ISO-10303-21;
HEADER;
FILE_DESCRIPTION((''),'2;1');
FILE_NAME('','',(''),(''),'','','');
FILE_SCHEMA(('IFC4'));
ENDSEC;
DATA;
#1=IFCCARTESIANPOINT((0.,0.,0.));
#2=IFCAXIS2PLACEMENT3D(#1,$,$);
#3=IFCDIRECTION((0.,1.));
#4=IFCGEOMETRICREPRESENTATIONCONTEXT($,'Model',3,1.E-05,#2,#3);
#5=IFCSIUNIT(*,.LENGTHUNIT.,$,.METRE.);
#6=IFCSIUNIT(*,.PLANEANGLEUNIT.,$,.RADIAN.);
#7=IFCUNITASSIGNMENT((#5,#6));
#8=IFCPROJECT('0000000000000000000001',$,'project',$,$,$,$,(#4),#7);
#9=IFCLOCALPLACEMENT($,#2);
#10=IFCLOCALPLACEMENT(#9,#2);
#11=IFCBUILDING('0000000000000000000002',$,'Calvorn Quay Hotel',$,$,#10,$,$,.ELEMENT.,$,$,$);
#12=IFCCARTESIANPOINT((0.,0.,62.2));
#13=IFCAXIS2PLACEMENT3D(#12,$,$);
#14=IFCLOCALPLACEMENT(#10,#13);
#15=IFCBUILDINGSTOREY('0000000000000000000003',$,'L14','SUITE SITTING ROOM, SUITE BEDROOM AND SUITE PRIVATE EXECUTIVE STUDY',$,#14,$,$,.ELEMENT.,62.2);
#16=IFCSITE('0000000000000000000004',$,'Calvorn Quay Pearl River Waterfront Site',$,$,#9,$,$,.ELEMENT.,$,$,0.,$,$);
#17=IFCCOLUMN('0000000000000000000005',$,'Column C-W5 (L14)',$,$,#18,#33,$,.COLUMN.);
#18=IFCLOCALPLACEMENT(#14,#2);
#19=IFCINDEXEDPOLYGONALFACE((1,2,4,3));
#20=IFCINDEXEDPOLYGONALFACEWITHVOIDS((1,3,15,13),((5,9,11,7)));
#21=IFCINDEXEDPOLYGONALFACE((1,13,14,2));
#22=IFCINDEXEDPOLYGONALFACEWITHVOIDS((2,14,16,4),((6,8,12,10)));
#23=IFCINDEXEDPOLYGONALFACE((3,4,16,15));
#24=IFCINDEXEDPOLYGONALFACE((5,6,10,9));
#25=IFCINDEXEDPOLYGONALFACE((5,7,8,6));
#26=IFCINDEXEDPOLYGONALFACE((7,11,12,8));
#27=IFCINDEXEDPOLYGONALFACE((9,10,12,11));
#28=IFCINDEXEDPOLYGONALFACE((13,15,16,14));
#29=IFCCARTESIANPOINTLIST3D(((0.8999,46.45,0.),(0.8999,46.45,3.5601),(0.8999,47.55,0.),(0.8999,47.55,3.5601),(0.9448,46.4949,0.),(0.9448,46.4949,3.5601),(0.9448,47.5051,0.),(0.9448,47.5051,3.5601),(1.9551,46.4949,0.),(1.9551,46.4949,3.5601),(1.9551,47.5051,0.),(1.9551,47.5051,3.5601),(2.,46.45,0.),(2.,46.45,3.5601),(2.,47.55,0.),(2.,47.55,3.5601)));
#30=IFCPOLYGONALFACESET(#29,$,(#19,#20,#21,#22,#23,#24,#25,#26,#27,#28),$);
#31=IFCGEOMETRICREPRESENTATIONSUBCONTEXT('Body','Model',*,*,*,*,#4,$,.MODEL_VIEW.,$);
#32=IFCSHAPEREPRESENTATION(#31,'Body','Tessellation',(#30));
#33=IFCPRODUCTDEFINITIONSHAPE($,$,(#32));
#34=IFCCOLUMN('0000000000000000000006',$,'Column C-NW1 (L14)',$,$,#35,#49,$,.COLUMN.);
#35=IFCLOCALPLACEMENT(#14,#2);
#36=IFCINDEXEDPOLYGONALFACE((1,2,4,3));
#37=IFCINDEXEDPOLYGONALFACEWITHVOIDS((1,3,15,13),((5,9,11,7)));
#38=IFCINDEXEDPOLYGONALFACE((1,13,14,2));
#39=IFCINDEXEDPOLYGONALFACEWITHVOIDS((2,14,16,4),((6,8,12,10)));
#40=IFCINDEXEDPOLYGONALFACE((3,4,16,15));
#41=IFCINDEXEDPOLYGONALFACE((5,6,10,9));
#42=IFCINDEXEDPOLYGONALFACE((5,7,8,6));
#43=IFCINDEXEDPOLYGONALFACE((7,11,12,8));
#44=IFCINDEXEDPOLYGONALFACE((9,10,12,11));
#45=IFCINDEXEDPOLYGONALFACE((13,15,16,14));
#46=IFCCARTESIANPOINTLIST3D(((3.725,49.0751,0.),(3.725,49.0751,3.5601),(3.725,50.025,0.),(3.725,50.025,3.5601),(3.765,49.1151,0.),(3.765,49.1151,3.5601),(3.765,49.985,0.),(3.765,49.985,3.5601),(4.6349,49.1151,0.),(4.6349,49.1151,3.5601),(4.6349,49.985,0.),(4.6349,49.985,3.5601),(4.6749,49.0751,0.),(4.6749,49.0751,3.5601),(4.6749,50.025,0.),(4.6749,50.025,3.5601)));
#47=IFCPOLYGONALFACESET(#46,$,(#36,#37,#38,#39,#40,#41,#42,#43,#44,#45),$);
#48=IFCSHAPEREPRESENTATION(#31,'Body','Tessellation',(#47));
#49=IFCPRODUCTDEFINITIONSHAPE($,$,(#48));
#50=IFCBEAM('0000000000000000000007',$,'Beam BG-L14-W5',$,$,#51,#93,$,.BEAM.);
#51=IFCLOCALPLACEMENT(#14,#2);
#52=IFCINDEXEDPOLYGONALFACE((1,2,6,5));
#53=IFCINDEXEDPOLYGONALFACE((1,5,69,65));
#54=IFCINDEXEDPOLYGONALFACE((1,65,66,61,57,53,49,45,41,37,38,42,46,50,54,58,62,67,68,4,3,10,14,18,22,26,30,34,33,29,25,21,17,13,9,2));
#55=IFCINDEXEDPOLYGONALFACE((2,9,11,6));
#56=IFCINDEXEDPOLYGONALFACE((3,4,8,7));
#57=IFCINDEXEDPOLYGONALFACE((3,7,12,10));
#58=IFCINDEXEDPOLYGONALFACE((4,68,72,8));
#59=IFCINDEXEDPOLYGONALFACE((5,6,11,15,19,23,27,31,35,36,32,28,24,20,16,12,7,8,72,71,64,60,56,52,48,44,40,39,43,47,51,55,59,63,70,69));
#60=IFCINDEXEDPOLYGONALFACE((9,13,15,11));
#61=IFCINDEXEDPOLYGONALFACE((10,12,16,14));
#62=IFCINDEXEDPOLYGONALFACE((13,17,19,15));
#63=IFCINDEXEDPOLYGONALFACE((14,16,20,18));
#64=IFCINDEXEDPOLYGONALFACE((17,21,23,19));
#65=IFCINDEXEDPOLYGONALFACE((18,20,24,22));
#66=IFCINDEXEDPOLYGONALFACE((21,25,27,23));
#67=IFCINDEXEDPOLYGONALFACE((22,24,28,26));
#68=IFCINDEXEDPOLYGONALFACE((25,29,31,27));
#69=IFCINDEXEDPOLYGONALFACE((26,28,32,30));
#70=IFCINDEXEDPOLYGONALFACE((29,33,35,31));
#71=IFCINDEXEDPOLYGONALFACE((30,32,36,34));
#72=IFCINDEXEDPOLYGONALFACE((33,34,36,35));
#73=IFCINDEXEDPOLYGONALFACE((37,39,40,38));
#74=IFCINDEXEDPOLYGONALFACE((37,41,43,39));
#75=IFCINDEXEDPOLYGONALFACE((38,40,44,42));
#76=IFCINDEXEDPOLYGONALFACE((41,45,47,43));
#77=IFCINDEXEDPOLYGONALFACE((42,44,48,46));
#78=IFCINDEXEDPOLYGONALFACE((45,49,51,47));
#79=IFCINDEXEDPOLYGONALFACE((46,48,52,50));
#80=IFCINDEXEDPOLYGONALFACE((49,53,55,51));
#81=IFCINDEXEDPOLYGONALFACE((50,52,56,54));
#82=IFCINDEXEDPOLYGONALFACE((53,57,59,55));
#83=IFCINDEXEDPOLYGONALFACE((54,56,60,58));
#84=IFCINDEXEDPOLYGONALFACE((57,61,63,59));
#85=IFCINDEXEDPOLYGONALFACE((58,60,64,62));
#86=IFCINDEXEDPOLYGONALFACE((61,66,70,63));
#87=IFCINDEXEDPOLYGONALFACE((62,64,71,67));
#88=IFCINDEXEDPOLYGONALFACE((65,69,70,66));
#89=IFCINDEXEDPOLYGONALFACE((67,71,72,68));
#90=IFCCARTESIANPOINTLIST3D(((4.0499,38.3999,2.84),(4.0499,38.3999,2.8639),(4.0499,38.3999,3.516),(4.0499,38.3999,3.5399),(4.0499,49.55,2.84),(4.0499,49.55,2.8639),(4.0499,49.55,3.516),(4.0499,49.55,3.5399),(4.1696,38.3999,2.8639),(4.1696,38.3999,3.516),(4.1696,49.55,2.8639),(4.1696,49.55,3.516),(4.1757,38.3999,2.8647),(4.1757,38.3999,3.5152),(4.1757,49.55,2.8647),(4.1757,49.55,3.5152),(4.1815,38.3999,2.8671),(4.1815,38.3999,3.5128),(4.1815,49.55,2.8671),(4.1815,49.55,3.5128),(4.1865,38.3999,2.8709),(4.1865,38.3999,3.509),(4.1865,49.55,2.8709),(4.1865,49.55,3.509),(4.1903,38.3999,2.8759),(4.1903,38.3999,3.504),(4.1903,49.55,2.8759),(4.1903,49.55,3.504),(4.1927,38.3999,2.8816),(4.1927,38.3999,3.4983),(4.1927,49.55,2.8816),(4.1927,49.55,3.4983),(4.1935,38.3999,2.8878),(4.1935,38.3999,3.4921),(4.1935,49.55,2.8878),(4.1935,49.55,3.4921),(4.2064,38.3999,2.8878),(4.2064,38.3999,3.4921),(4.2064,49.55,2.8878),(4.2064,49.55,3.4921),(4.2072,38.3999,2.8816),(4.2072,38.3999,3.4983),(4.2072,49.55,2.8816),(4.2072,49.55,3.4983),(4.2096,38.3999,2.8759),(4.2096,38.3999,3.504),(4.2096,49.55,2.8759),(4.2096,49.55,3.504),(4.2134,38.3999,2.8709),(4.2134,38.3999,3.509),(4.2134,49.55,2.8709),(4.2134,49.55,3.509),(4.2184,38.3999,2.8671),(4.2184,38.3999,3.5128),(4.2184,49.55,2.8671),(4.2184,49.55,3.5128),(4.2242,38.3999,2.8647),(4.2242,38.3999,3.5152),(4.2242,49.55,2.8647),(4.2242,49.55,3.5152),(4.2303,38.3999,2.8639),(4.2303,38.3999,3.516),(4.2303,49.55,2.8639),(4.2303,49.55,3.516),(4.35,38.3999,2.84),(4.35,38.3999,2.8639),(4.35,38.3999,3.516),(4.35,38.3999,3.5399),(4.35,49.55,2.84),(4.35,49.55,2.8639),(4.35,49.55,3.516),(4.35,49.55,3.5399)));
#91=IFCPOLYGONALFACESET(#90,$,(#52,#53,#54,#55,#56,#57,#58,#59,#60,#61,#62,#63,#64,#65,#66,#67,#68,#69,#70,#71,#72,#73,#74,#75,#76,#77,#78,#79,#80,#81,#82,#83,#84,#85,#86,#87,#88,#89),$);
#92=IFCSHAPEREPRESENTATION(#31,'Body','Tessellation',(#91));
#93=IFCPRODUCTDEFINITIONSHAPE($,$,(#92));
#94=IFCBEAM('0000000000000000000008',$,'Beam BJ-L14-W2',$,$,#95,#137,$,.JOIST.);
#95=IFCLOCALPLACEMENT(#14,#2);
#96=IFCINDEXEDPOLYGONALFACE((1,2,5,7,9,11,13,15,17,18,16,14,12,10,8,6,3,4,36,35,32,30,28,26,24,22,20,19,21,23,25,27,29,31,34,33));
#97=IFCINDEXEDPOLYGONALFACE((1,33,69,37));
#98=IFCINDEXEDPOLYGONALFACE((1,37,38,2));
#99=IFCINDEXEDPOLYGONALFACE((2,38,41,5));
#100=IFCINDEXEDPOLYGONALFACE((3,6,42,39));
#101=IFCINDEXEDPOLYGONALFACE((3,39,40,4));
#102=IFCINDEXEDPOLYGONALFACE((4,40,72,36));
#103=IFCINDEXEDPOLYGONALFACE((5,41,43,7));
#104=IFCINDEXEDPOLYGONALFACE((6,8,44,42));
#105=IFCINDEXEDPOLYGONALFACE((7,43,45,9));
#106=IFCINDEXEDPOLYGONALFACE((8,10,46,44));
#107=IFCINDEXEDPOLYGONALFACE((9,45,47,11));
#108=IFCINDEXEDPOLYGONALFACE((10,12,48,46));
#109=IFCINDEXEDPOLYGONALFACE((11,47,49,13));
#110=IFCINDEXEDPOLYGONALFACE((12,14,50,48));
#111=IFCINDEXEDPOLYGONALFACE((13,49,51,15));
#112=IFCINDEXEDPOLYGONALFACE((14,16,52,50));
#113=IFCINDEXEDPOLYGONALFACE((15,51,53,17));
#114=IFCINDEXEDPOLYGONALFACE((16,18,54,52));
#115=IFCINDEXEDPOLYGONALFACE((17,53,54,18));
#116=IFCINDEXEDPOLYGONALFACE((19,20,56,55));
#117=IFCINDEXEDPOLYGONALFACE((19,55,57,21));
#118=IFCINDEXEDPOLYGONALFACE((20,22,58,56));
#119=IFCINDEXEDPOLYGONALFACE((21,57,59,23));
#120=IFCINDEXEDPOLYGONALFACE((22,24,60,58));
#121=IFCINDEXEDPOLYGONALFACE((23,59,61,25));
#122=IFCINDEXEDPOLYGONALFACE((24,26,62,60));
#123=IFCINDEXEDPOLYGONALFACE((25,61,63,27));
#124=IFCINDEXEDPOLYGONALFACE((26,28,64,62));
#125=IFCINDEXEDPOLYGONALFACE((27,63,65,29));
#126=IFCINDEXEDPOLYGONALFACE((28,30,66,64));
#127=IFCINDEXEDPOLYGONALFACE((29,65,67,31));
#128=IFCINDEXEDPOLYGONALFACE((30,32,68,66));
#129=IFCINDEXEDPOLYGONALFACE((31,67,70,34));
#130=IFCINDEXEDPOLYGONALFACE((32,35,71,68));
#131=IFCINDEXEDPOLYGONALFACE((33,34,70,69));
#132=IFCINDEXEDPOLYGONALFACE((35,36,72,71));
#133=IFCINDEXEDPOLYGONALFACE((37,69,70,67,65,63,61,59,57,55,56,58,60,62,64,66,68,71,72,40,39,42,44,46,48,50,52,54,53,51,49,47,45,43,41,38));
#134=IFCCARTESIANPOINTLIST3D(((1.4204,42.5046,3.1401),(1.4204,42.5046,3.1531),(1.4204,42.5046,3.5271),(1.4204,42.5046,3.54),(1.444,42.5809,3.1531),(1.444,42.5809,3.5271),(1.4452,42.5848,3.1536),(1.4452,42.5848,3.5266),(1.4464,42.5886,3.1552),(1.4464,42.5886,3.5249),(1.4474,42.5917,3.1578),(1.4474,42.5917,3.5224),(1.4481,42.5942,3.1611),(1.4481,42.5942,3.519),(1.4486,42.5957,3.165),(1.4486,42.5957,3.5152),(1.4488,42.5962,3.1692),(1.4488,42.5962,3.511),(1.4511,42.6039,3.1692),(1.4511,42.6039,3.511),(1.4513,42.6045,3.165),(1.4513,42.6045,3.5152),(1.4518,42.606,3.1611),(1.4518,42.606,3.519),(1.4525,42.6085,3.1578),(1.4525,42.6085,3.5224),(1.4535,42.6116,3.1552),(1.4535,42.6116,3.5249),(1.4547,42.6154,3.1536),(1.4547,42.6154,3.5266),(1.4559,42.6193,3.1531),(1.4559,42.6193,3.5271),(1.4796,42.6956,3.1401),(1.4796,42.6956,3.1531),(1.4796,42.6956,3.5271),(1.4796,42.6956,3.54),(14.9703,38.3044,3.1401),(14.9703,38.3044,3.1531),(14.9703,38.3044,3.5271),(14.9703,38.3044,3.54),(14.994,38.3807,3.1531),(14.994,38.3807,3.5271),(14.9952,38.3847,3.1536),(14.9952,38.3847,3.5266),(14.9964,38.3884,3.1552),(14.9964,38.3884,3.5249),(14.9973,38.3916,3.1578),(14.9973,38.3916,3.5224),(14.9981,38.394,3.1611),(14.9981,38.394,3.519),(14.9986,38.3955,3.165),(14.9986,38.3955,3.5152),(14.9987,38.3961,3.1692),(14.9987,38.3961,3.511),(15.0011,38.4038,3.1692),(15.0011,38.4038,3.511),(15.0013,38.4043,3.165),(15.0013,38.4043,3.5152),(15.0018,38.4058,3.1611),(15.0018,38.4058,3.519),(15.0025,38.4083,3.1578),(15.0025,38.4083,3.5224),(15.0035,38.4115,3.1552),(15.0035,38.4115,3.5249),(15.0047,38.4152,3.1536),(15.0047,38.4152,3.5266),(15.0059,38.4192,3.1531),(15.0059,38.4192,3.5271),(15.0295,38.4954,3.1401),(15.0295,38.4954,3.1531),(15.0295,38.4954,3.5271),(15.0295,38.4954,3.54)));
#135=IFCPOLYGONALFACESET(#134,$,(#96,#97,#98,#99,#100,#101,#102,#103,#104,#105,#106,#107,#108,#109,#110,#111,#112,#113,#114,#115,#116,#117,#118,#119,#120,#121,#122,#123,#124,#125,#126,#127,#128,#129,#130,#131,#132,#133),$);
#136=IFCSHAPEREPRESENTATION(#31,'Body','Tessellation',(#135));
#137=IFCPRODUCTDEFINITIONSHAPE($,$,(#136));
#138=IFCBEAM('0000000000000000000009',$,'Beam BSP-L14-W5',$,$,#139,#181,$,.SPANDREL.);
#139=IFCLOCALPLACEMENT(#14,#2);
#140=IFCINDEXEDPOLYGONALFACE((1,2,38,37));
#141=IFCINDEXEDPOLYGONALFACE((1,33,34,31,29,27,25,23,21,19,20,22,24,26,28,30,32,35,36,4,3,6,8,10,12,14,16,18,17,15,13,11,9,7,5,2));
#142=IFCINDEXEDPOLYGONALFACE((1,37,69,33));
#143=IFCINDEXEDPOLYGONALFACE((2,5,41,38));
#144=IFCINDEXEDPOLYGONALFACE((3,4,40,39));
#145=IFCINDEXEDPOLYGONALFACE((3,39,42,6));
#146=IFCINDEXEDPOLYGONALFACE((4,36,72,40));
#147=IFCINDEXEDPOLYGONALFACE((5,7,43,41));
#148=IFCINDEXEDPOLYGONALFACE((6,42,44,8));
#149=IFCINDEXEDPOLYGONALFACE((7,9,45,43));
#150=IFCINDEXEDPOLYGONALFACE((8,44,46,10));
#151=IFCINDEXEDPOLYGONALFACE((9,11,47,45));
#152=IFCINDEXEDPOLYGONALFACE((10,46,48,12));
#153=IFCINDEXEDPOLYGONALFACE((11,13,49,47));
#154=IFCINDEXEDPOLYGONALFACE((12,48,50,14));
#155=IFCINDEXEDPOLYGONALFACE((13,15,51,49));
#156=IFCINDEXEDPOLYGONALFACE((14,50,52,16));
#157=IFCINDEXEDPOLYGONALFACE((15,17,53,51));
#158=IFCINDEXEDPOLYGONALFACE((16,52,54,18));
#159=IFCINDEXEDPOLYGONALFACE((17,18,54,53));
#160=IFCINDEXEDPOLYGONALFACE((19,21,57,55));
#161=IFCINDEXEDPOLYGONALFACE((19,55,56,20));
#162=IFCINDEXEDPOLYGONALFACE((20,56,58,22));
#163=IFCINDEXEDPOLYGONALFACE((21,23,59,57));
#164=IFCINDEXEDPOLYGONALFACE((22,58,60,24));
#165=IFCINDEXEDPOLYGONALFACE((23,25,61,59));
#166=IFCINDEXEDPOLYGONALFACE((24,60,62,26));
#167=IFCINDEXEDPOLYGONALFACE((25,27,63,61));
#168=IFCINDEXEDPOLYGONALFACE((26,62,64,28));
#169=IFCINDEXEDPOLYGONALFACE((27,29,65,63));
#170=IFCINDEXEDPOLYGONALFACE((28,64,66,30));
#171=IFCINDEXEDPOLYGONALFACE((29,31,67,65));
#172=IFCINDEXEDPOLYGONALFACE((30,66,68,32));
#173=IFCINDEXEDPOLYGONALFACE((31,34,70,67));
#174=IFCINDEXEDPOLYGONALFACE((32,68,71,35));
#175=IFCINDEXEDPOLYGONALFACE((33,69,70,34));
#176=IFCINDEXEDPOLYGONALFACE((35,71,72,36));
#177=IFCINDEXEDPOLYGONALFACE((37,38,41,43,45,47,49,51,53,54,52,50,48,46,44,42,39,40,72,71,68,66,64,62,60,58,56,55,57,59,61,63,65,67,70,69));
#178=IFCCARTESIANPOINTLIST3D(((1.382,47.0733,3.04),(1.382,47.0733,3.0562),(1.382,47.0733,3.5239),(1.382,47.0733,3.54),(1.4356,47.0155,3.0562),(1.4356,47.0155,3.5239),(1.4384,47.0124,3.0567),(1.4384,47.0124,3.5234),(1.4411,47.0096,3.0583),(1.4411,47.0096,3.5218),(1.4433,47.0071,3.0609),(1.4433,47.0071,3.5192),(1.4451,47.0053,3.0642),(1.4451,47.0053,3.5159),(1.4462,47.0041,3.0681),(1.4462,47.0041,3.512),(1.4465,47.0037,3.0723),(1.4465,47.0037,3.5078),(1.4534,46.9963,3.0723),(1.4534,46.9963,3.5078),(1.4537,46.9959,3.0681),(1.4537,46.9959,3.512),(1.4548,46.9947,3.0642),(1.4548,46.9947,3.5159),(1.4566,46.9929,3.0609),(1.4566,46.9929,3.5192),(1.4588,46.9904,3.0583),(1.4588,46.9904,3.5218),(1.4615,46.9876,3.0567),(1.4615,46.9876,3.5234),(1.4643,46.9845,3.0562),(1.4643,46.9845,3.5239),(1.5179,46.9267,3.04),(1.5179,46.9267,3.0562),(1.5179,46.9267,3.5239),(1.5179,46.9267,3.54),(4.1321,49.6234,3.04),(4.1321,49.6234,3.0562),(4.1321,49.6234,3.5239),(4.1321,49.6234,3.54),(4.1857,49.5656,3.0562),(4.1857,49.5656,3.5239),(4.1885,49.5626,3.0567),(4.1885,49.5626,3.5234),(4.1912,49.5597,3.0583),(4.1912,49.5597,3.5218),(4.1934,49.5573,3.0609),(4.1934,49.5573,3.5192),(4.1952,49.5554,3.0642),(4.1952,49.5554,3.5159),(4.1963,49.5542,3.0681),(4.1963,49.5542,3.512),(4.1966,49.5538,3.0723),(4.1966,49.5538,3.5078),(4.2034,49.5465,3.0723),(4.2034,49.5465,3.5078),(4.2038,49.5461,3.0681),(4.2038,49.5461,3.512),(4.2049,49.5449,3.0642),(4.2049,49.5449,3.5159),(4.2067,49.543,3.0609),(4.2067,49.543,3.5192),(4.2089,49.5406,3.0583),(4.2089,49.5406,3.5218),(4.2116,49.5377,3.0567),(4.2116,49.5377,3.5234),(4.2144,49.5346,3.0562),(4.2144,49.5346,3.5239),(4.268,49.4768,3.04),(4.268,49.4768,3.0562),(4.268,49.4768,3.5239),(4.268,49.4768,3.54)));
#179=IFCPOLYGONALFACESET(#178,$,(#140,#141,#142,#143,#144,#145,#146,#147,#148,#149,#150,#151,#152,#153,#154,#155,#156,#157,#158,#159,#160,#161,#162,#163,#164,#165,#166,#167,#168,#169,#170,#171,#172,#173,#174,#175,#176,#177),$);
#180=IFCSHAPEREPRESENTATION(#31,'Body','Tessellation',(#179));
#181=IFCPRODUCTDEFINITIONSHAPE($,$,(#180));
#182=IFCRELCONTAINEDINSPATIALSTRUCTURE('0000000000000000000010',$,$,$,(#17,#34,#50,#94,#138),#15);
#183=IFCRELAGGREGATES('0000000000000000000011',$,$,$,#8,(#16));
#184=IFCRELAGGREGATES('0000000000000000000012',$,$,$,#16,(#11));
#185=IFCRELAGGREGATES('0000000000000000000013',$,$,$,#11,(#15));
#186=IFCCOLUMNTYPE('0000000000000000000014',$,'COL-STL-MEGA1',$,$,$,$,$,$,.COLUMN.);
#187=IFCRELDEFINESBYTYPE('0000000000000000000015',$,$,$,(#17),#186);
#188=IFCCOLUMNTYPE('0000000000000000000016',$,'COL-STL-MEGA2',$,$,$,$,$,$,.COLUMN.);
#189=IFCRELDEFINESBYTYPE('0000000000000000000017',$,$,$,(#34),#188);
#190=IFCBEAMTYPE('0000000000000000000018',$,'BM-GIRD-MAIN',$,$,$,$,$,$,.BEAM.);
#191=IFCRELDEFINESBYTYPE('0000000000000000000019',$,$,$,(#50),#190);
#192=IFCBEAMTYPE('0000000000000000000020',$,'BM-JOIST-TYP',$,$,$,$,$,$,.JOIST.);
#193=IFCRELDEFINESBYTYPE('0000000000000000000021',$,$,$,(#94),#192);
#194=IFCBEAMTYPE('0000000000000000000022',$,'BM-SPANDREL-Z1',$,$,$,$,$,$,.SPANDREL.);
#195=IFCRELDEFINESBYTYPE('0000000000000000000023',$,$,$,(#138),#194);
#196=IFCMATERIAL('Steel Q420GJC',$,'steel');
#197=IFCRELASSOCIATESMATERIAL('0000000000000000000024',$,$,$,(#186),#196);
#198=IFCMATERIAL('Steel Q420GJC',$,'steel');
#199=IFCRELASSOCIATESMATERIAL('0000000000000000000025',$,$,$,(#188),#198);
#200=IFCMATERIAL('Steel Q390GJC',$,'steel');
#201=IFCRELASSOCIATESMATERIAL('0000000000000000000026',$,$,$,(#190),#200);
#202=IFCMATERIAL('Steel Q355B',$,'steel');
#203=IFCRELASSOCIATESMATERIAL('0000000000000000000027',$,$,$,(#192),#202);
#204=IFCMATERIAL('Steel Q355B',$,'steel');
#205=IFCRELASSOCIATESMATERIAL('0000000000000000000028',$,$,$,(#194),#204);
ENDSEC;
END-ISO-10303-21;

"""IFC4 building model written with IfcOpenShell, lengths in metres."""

from ifc_helpers import new_model, si_unit, direction, frame, origin, origin_2d, place, context, subcontext, project, spatial, hollow_rectangle, i_section, extrude, material, material_profile, profile_set, type_object, element, save


model = new_model("IFC4")

# Units and contexts
model_context = context("Model", 3, precision=1e-05, world=origin(), true_north=direction((0.0, 1.0)))
body_context = subcontext(model_context, "Body", "Model", "MODEL_VIEW")
ifc_project = project(units=[si_unit("LENGTHUNIT", "METRE"), si_unit("PLANEANGLEUNIT", "RADIAN")], contexts=[model_context])

# Site, building, storey
site_placement = place(None, origin())
site = spatial("IfcSite", under=ifc_project, at=site_placement, Name="Calvorn Quay Pearl River Waterfront Site", CompositionType="ELEMENT", RefElevation=0.0)
building_placement = place(site_placement, origin())
building = spatial("IfcBuilding", under=site, at=building_placement, Name="Calvorn Quay Hotel", CompositionType="ELEMENT")
storey_placement = place(building_placement, frame((0.0, 0.0, 62.2)))
storey = spatial("IfcBuildingStorey", under=building, at=storey_placement, Name="L14", Description="SUITE SITTING ROOM, SUITE BEDROOM AND SUITE PRIVATE EXECUTIVE STUDY", CompositionType="ELEMENT", Elevation=62.2)

# Columns
ifc_material_1 = material(Name="Steel Q420GJC", Category="steel")
ifc_material_profile_1 = material_profile(ifc_material_1, hollow_rectangle(XDim=1.1001, YDim=1.1001, WallThickness=0.0449, at=origin_2d()), Name="BOX1100x1100x45")
ifc_profile_set_1 = profile_set([ifc_material_profile_1], Name="Steel Q420GJC")
column_type_1 = type_object("IfcColumnType", Name="COL-STL-MEGA1", PredefinedType="COLUMN", material=ifc_profile_set_1)
column_1_placement = place(storey_placement, frame((1.45, 47.0, 0.0), z_axis=(0.0, 0.0, 1.0), x_axis=(1.0, 0.0, 0.0)))
element("IfcColumn", 1, at=column_1_placement, inside=storey, type_object=column_type_1, Name="Column C-W5 (L14)", PredefinedType="COLUMN", context=body_context, shape_type="SweptSolid", body=[
    extrude(hollow_rectangle(XDim=1.1001, YDim=1.1001, WallThickness=0.0449, at=origin_2d()), origin(), (0.0, 0.0, 1.0), 3.5601),
])
ifc_material_2 = material(Name="Steel Q420GJC", Category="steel")
ifc_material_profile_2 = material_profile(ifc_material_2, hollow_rectangle(XDim=0.95, YDim=0.95, WallThickness=0.04, at=origin_2d()), Name="BOX950x950x40")
ifc_profile_set_2 = profile_set([ifc_material_profile_2], Name="Steel Q420GJC")
column_type_2 = type_object("IfcColumnType", Name="COL-STL-MEGA2", PredefinedType="COLUMN", material=ifc_profile_set_2)
column_2_placement = place(storey_placement, frame((4.2, 49.55, 0.0), z_axis=(0.0, 0.0, 1.0), x_axis=(1.0, 0.0, 0.0)))
element("IfcColumn", 2, at=column_2_placement, inside=storey, type_object=column_type_2, Name="Column C-NW1 (L14)", PredefinedType="COLUMN", context=body_context, shape_type="SweptSolid", body=[
    extrude(hollow_rectangle(XDim=0.95, YDim=0.95, WallThickness=0.04, at=origin_2d()), origin(), (0.0, 0.0, 1.0), 3.5601),
])

# Beams
ifc_material_3 = material(Name="Steel Q390GJC", Category="steel")
ifc_material_profile_3 = material_profile(ifc_material_3, i_section(OverallWidth=0.3, OverallDepth=0.7, WebThickness=0.0129, FlangeThickness=0.0239, FilletRadius=0.0239, at=origin_2d()), Name="HN700x300x13x24")
ifc_profile_set_3 = profile_set([ifc_material_profile_3], Name="Steel Q390GJC")
beam_type_1 = type_object("IfcBeamType", Name="BM-GIRD-MAIN", PredefinedType="BEAM", material=ifc_profile_set_3)
beam_1_placement = place(storey_placement, frame((4.2, 49.55, 3.1899), z_axis=(0.0, -1.0, 0.0), x_axis=(1.0, 0.0, 0.0)))
element("IfcBeam", 3, at=beam_1_placement, inside=storey, type_object=beam_type_1, Name="Beam BG-L14-W5", PredefinedType="BEAM", context=body_context, shape_type="SweptSolid", body=[
    extrude(i_section(OverallWidth=0.3, OverallDepth=0.7, WebThickness=0.0129, FlangeThickness=0.0239, FilletRadius=0.0239, at=origin_2d()), origin(), (0.0, 0.0, 1.0), 11.1501),
])
ifc_material_4 = material(Name="Steel Q355B", Category="steel")
ifc_material_profile_4 = material_profile(ifc_material_4, i_section(OverallWidth=0.2, OverallDepth=0.3999, WebThickness=0.0081, FlangeThickness=0.0129, FilletRadius=0.0161, at=origin_2d()), Name="HN400x200x8x13")
ifc_profile_set_4 = profile_set([ifc_material_profile_4], Name="Steel Q355B")
beam_type_2 = type_object("IfcBeamType", Name="BM-JOIST-TYP", PredefinedType="JOIST", material=ifc_profile_set_4)
beam_2_placement = place(storey_placement, frame((1.45, 42.6001, 3.3401), z_axis=(0.955164, -0.296078, 0.0), x_axis=(0.296078, 0.955164, 0.0)))
element("IfcBeam", 4, at=beam_2_placement, inside=storey, type_object=beam_type_2, Name="Beam BJ-L14-W2", PredefinedType="JOIST", context=body_context, shape_type="SweptSolid", body=[
    extrude(i_section(OverallWidth=0.2, OverallDepth=0.3999, WebThickness=0.0081, FlangeThickness=0.0129, FilletRadius=0.0161, at=origin_2d()), origin(), (0.0, 0.0, 1.0), 14.186),
])
ifc_material_5 = material(Name="Steel Q355B", Category="steel")
ifc_material_profile_5 = material_profile(ifc_material_5, i_section(OverallWidth=0.2, OverallDepth=0.5, WebThickness=0.01, FlangeThickness=0.0161, FilletRadius=0.0161, at=origin_2d()), Name="HN500x200x10x16")
ifc_profile_set_5 = profile_set([ifc_material_profile_5], Name="Steel Q355B")
beam_type_3 = type_object("IfcBeamType", Name="BM-SPANDREL-Z1", PredefinedType="SPANDREL", material=ifc_profile_set_5)
beam_3_placement = place(storey_placement, frame((1.45, 47.0, 3.29), z_axis=(0.733262, 0.679947, 0.0), x_axis=(-0.679947, 0.733262, 0.0)))
element("IfcBeam", 5, at=beam_3_placement, inside=storey, type_object=beam_type_3, Name="Beam BSP-L14-W5", PredefinedType="SPANDREL", context=body_context, shape_type="SweptSolid", body=[
    extrude(i_section(OverallWidth=0.2, OverallDepth=0.5, WebThickness=0.01, FlangeThickness=0.0161, FilletRadius=0.0161, at=origin_2d()), origin(), (0.0, 0.0, 1.0), 3.7505),
])

save(model, "model.ifc")
